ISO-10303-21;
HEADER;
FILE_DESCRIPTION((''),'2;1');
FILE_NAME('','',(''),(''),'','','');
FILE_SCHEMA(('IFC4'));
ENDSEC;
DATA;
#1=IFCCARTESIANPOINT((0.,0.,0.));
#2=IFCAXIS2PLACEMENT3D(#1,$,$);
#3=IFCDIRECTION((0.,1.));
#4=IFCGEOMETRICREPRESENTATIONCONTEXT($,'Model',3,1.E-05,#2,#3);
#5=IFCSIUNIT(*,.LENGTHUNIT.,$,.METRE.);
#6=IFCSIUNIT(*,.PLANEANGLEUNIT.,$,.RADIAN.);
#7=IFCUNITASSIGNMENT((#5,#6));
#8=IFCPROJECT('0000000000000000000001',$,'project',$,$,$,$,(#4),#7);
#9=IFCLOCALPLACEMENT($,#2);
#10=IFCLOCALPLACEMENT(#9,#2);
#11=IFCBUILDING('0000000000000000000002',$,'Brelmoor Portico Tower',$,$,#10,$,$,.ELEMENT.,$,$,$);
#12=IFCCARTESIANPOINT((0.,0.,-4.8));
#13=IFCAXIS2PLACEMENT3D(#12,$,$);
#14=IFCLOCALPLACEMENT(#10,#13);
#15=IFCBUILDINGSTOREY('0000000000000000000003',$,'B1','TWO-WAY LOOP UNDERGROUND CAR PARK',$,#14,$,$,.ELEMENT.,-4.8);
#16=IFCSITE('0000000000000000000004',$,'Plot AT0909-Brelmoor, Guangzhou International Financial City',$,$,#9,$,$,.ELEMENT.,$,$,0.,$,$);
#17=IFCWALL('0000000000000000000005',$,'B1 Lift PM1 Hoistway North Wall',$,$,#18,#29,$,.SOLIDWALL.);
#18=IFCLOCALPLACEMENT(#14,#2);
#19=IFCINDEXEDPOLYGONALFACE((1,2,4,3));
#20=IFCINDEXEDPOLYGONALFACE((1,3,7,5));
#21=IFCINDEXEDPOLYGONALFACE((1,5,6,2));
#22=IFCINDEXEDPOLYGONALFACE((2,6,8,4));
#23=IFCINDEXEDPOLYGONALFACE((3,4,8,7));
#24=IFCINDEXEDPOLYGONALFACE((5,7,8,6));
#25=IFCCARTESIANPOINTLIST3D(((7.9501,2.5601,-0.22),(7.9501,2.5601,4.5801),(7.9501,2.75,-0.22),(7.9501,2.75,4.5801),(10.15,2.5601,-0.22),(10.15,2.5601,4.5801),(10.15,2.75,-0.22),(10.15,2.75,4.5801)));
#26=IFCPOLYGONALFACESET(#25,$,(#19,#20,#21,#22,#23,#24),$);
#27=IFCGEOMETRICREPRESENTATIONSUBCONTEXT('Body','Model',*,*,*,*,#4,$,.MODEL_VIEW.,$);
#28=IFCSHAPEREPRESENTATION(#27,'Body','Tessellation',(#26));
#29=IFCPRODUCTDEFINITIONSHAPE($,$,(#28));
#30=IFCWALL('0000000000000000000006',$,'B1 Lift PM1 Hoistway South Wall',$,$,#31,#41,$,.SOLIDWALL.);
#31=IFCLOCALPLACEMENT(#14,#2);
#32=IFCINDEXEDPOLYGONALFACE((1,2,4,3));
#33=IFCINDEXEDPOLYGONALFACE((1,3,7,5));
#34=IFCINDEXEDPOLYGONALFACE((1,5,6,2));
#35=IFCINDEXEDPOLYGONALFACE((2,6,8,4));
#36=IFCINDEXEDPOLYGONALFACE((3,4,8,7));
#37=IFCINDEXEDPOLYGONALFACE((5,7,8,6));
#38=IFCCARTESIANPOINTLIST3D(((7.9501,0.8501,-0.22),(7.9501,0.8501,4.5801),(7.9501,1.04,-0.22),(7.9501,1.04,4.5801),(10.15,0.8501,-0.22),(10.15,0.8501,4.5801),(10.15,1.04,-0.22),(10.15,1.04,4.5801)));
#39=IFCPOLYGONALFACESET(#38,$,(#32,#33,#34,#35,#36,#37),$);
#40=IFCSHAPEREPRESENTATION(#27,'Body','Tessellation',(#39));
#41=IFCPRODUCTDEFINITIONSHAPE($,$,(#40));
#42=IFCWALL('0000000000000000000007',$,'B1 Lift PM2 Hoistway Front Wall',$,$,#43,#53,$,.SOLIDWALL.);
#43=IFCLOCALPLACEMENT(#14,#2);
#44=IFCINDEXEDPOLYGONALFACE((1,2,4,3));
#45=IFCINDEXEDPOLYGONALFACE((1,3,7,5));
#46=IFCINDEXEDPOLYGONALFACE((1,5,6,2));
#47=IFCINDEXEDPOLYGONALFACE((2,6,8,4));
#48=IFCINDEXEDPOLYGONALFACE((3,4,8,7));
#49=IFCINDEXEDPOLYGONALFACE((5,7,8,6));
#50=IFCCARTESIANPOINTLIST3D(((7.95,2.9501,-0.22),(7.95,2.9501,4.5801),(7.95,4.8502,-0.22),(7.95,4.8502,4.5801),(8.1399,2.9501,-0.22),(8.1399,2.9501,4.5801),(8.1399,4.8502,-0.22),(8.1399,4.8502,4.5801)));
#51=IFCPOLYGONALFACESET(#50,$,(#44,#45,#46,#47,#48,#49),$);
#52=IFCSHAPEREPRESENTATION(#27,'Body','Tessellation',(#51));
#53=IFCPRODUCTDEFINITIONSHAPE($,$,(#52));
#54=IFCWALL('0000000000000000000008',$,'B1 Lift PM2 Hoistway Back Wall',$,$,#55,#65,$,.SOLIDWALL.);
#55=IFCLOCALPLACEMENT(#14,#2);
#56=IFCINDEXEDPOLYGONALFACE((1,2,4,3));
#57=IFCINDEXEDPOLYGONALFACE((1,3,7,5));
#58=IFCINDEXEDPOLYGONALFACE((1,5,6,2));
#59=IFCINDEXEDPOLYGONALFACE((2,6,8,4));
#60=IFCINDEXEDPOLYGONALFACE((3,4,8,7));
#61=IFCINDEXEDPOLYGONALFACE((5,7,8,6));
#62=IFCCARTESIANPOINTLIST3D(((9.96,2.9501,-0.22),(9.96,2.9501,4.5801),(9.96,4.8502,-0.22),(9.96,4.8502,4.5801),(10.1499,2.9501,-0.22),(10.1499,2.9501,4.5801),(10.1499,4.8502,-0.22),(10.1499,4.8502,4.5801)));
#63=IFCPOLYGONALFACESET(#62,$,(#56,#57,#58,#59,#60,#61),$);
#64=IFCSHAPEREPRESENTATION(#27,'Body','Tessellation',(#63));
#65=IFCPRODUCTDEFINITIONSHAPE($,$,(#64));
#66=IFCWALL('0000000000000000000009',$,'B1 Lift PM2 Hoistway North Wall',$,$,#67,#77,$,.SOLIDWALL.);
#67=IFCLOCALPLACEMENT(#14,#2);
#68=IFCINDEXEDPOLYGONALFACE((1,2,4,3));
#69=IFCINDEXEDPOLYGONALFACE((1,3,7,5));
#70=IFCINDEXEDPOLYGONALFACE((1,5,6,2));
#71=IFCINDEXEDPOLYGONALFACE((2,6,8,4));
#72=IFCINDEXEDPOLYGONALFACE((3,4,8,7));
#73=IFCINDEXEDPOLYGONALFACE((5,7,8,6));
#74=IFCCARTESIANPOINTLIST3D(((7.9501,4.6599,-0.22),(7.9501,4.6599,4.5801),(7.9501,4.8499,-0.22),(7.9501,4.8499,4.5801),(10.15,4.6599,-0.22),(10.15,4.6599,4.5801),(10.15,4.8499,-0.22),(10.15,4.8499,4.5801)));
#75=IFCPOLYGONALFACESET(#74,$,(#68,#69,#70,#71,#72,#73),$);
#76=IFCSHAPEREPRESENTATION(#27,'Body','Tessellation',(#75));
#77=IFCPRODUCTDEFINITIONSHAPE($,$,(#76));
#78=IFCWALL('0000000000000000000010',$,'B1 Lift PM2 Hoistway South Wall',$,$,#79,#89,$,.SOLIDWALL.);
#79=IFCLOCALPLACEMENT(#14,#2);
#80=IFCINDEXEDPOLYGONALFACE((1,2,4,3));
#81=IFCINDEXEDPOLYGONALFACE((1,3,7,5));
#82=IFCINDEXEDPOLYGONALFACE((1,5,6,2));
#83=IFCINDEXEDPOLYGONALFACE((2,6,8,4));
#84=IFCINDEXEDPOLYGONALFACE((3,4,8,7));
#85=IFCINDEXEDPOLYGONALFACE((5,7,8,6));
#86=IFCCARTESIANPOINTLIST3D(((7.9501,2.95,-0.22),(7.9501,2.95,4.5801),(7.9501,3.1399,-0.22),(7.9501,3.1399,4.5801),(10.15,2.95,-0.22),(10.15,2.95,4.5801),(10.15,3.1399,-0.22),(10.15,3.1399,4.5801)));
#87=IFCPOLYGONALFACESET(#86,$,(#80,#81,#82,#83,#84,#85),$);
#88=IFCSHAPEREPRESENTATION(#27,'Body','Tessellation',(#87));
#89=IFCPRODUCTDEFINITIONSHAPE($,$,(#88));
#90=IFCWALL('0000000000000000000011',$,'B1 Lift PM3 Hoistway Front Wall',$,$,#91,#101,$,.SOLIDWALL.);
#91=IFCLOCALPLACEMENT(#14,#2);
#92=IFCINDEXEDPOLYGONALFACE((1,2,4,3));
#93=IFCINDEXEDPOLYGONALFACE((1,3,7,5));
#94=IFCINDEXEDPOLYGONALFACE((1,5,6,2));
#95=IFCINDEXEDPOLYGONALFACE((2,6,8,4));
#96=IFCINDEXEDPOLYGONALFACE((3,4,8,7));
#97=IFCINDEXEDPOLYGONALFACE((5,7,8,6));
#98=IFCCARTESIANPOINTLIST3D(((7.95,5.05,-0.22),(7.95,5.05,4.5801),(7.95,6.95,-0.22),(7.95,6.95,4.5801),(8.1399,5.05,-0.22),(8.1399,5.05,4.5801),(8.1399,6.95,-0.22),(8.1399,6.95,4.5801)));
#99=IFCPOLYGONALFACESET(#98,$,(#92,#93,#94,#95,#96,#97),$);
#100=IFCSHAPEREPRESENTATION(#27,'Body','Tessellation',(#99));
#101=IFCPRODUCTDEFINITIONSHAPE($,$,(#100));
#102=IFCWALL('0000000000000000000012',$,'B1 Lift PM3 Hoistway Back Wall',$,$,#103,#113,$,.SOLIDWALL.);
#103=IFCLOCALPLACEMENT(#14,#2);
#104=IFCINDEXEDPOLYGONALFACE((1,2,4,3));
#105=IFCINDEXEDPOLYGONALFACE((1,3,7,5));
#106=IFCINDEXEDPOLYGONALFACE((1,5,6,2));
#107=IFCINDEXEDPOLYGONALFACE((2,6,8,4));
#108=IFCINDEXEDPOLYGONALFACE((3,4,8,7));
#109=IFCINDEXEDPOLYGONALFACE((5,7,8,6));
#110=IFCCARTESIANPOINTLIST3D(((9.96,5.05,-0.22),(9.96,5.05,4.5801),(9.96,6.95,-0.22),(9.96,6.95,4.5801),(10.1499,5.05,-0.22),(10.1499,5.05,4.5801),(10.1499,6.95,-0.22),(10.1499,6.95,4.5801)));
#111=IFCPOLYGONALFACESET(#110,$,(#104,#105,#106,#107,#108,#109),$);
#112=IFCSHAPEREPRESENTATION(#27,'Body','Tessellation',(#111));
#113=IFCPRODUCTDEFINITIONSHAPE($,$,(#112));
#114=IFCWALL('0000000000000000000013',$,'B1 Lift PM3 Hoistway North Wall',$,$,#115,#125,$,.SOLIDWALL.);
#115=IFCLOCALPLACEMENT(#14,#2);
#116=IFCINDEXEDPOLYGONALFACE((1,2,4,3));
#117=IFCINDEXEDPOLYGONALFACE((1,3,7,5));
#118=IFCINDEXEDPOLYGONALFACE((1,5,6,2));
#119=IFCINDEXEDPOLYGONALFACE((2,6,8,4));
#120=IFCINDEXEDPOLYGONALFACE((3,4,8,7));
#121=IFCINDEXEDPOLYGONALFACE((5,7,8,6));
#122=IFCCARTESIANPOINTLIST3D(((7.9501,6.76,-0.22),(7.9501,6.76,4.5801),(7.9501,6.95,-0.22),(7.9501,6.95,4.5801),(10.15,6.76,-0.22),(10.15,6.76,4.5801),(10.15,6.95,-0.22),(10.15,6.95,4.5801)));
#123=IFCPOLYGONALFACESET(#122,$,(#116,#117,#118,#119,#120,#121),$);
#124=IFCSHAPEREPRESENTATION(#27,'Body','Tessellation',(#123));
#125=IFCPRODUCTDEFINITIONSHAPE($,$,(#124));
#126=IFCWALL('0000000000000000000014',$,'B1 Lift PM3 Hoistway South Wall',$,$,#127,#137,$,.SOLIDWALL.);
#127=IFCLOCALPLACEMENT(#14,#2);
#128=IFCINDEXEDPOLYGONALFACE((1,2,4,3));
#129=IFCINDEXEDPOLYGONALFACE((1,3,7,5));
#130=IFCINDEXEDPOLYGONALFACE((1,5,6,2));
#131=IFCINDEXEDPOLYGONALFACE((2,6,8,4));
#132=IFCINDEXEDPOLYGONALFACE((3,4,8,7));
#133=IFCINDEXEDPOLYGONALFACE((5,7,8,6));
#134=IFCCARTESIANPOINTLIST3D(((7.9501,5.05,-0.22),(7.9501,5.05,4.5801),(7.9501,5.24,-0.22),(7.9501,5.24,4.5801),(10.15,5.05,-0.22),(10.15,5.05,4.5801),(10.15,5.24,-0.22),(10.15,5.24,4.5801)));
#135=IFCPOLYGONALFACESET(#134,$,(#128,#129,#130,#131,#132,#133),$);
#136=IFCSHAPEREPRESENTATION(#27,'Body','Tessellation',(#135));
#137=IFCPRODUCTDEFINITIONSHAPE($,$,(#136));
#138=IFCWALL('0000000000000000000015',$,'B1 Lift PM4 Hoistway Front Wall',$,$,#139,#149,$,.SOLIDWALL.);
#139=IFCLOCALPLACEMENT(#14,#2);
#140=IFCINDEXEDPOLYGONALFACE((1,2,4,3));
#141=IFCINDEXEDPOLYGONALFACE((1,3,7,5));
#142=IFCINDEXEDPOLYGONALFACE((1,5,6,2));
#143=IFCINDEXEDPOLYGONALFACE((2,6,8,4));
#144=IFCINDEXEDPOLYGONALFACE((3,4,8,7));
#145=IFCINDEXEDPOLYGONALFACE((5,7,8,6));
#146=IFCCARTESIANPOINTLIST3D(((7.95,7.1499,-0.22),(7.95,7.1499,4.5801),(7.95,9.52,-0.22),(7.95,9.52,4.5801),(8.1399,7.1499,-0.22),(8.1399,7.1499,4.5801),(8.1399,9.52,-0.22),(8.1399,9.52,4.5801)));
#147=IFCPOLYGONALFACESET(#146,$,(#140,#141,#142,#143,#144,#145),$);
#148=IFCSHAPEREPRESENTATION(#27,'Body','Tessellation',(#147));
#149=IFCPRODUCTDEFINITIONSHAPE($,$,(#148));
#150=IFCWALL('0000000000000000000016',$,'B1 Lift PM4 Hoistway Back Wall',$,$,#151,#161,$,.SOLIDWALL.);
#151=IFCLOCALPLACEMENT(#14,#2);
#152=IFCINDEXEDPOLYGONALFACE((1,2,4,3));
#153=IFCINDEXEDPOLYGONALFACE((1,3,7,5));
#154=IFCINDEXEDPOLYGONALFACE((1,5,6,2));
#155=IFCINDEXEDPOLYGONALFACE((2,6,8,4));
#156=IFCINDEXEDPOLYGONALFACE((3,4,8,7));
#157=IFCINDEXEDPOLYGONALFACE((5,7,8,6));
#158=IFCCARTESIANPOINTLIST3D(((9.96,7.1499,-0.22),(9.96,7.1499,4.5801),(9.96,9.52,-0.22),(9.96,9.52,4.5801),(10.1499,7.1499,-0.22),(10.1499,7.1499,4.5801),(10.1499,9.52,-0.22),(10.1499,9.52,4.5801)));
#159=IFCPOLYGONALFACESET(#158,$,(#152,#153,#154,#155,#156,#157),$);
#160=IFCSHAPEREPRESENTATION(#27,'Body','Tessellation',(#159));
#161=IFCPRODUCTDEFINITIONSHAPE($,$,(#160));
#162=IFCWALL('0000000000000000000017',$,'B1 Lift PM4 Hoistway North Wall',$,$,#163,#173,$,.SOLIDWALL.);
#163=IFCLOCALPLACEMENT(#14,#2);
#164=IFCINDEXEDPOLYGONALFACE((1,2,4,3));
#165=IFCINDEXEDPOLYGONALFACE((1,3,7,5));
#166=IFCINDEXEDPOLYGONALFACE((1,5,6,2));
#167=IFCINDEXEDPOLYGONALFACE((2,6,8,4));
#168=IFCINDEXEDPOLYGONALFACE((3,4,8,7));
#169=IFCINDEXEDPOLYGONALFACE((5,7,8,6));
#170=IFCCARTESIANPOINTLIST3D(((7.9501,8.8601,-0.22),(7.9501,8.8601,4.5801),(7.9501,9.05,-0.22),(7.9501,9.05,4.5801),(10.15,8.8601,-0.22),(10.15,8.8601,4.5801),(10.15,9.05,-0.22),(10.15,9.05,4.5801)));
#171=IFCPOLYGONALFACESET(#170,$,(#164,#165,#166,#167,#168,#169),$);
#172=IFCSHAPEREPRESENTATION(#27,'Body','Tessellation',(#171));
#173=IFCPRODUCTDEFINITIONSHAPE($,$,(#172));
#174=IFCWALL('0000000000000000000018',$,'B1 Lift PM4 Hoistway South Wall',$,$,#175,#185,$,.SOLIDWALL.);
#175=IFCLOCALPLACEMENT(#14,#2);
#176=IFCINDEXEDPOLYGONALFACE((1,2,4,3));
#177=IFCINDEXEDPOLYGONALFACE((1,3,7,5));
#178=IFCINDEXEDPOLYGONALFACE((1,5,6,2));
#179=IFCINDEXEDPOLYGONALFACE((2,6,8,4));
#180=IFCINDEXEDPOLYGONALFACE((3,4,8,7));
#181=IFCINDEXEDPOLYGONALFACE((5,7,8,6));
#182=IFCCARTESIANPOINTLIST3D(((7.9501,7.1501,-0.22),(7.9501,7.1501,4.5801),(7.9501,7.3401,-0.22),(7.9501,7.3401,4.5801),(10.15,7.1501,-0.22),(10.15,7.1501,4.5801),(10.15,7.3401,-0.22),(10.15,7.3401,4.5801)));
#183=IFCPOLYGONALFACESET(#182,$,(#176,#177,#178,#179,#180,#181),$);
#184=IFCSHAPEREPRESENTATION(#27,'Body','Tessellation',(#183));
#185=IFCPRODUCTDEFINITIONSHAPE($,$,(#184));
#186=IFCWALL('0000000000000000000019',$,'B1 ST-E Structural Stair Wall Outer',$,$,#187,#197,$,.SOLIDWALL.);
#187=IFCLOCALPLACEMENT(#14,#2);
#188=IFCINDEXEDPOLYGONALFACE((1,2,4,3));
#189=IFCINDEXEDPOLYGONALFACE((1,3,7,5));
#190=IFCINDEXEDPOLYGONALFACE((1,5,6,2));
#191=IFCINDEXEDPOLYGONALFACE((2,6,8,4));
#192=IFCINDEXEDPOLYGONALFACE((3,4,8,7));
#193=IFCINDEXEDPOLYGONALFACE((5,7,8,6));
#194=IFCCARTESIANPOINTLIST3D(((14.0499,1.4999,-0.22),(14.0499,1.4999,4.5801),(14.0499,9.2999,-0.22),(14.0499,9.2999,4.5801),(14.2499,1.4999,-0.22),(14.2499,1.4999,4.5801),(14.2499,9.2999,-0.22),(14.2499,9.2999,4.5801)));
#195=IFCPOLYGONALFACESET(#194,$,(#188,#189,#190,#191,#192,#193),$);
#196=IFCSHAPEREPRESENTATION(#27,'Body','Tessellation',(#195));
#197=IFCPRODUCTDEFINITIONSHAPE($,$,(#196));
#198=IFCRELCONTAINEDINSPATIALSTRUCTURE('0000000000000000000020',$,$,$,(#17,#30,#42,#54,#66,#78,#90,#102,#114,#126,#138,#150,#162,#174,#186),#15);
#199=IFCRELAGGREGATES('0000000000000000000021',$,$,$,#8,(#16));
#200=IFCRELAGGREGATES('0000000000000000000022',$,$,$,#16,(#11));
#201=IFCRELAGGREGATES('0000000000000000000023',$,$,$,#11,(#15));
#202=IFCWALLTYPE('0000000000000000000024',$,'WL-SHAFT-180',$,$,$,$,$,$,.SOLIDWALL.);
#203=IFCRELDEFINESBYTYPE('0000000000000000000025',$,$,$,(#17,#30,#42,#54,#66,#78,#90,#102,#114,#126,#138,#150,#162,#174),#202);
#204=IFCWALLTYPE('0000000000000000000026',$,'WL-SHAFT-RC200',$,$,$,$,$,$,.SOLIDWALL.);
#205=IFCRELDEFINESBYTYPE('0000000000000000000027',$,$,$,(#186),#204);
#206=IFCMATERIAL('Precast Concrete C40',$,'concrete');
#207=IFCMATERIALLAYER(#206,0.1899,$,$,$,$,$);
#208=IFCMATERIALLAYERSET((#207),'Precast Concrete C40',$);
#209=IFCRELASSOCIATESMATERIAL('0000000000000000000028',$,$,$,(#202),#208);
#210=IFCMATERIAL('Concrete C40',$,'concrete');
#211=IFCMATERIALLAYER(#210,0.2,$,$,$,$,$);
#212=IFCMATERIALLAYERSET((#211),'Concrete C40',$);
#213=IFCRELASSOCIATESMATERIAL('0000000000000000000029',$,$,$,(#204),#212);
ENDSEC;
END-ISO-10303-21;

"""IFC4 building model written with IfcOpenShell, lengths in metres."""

from ifc_helpers import new_model, si_unit, direction, frame, frame_2d, origin, place, context, subcontext, project, spatial, rectangle, extrude, material, layer, layer_set, type_object, element, save


model = new_model("IFC4")

# Units and contexts
model_context = context("Model", 3, precision=1e-05, world=origin(), true_north=direction((0.0, 1.0)))
body_context = subcontext(model_context, "Body", "Model", "MODEL_VIEW")
ifc_project = project(units=[si_unit("LENGTHUNIT", "METRE"), si_unit("PLANEANGLEUNIT", "RADIAN")], contexts=[model_context])

# Site, building, storey
site_placement = place(None, origin())
site = spatial("IfcSite", under=ifc_project, at=site_placement, Name="Plot AT0909-Brelmoor, Guangzhou International Financial City", CompositionType="ELEMENT", RefElevation=0.0)
building_placement = place(site_placement, origin())
building = spatial("IfcBuilding", under=site, at=building_placement, Name="Brelmoor Portico Tower", CompositionType="ELEMENT")
storey_placement = place(building_placement, frame((0.0, 0.0, -4.8)))
storey = spatial("IfcBuildingStorey", under=building, at=storey_placement, Name="B1", Description="TWO-WAY LOOP UNDERGROUND CAR PARK", CompositionType="ELEMENT", Elevation=-4.8)

# Walls
ifc_material_1 = material(Name="Precast Concrete C40", Category="concrete")
ifc_layer_1 = layer(ifc_material_1, 0.1899)
ifc_layer_set_1 = layer_set([ifc_layer_1], Name="Precast Concrete C40")
wall_type_1 = type_object("IfcWallType", Name="WL-SHAFT-180", PredefinedType="SOLIDWALL", material=ifc_layer_set_1)
for number, where, z_axis, x_axis, name in (
    (1, (7.95, 2.655, -0.22), (0.0, 0.0, 1.0), (1.0, 0.0, 0.0), "B1 Lift PM1 Hoistway North Wall"),
    (2, (7.95, 0.9451, -0.22), (0.0, 0.0, 1.0), (1.0, 0.0, 0.0), "B1 Lift PM1 Hoistway South Wall"),
):
    element("IfcWall", number, at=place(storey_placement, frame(where, z_axis=z_axis, x_axis=x_axis)), inside=storey, type_object=wall_type_1, Name=name, PredefinedType="SOLIDWALL", context=body_context, shape_type="SweptSolid", body=[
        extrude(rectangle(XDim=2.2, YDim=0.1899, at=frame_2d((1.1001, 0.0))), origin(), (0.0, 0.0, 1.0), 4.8),
    ])
for number, where, z_axis, x_axis, name in (
    (3, (8.0449, 2.95, -0.22), (0.0, 0.0, 1.0), (0.0, 1.0, 0.0), "B1 Lift PM2 Hoistway Front Wall"),
    (4, (10.0549, 2.95, -0.22), (0.0, 0.0, 1.0), (0.0, 1.0, 0.0), "B1 Lift PM2 Hoistway Back Wall"),
):
    element("IfcWall", number, at=place(storey_placement, frame(where, z_axis=z_axis, x_axis=x_axis)), inside=storey, type_object=wall_type_1, Name=name, PredefinedType="SOLIDWALL", context=body_context, shape_type="SweptSolid", body=[
        extrude(rectangle(XDim=1.9001, YDim=0.1899, at=frame_2d((0.9502, 0.0))), origin(), (0.0, 0.0, 1.0), 4.8),
    ])
for number, where, z_axis, x_axis, name in (
    (5, (7.95, 4.7549, -0.22), (0.0, 0.0, 1.0), (1.0, 0.0, 0.0), "B1 Lift PM2 Hoistway North Wall"),
    (6, (7.95, 3.0449, -0.22), (0.0, 0.0, 1.0), (1.0, 0.0, 0.0), "B1 Lift PM2 Hoistway South Wall"),
):
    element("IfcWall", number, at=place(storey_placement, frame(where, z_axis=z_axis, x_axis=x_axis)), inside=storey, type_object=wall_type_1, Name=name, PredefinedType="SOLIDWALL", context=body_context, shape_type="SweptSolid", body=[
        extrude(rectangle(XDim=2.2, YDim=0.1899, at=frame_2d((1.1001, 0.0))), origin(), (0.0, 0.0, 1.0), 4.8),
    ])
for number, where, z_axis, x_axis, name in (
    (7, (8.0449, 5.05, -0.22), (0.0, 0.0, 1.0), (0.0, 1.0, 0.0), "B1 Lift PM3 Hoistway Front Wall"),
    (8, (10.0549, 5.05, -0.22), (0.0, 0.0, 1.0), (0.0, 1.0, 0.0), "B1 Lift PM3 Hoistway Back Wall"),
):
    element("IfcWall", number, at=place(storey_placement, frame(where, z_axis=z_axis, x_axis=x_axis)), inside=storey, type_object=wall_type_1, Name=name, PredefinedType="SOLIDWALL", context=body_context, shape_type="SweptSolid", body=[
        extrude(rectangle(XDim=1.8999, YDim=0.1899, at=frame_2d((0.95, 0.0))), origin(), (0.0, 0.0, 1.0), 4.8),
    ])
for number, where, z_axis, x_axis, name in (
    (9, (7.95, 6.855, -0.22), (0.0, 0.0, 1.0), (1.0, 0.0, 0.0), "B1 Lift PM3 Hoistway North Wall"),
    (10, (7.95, 5.145, -0.22), (0.0, 0.0, 1.0), (1.0, 0.0, 0.0), "B1 Lift PM3 Hoistway South Wall"),
):
    element("IfcWall", number, at=place(storey_placement, frame(where, z_axis=z_axis, x_axis=x_axis)), inside=storey, type_object=wall_type_1, Name=name, PredefinedType="SOLIDWALL", context=body_context, shape_type="SweptSolid", body=[
        extrude(rectangle(XDim=2.2, YDim=0.1899, at=frame_2d((1.1001, 0.0))), origin(), (0.0, 0.0, 1.0), 4.8),
    ])
for number, where, z_axis, x_axis, name in (
    (11, (8.0449, 7.1499, -0.22), (0.0, 0.0, 1.0), (0.0, 1.0, 0.0), "B1 Lift PM4 Hoistway Front Wall"),
    (12, (10.0549, 7.1499, -0.22), (0.0, 0.0, 1.0), (0.0, 1.0, 0.0), "B1 Lift PM4 Hoistway Back Wall"),
):
    element("IfcWall", number, at=place(storey_placement, frame(where, z_axis=z_axis, x_axis=x_axis)), inside=storey, type_object=wall_type_1, Name=name, PredefinedType="SOLIDWALL", context=body_context, shape_type="SweptSolid", body=[
        extrude(rectangle(XDim=2.3701, YDim=0.1899, at=frame_2d((1.1851, 0.0))), origin(), (0.0, 0.0, 1.0), 4.8),
    ])
for number, where, z_axis, x_axis, name in (
    (13, (7.95, 8.9551, -0.22), (0.0, 0.0, 1.0), (1.0, 0.0, 0.0), "B1 Lift PM4 Hoistway North Wall"),
    (14, (7.95, 7.2451, -0.22), (0.0, 0.0, 1.0), (1.0, 0.0, 0.0), "B1 Lift PM4 Hoistway South Wall"),
):
    element("IfcWall", number, at=place(storey_placement, frame(where, z_axis=z_axis, x_axis=x_axis)), inside=storey, type_object=wall_type_1, Name=name, PredefinedType="SOLIDWALL", context=body_context, shape_type="SweptSolid", body=[
        extrude(rectangle(XDim=2.2, YDim=0.1899, at=frame_2d((1.1001, 0.0))), origin(), (0.0, 0.0, 1.0), 4.8),
    ])
ifc_material_2 = material(Name="Concrete C40", Category="concrete")
ifc_layer_2 = layer(ifc_material_2, 0.2)
ifc_layer_set_2 = layer_set([ifc_layer_2], Name="Concrete C40")
wall_type_2 = type_object("IfcWallType", Name="WL-SHAFT-RC200", PredefinedType="SOLIDWALL", material=ifc_layer_set_2)
wall_1_placement = place(storey_placement, frame((14.1499, 1.5, -0.22), z_axis=(0.0, 0.0, 1.0), x_axis=(0.0, 1.0, 0.0)))
element("IfcWall", 15, at=wall_1_placement, inside=storey, type_object=wall_type_2, Name="B1 ST-E Structural Stair Wall Outer", PredefinedType="SOLIDWALL", context=body_context, shape_type="SweptSolid", body=[
    extrude(rectangle(XDim=7.8, YDim=0.2, at=frame_2d((3.8999, 0.0))), origin(), (0.0, 0.0, 1.0), 4.8),
])

save(model, "model.ifc")
